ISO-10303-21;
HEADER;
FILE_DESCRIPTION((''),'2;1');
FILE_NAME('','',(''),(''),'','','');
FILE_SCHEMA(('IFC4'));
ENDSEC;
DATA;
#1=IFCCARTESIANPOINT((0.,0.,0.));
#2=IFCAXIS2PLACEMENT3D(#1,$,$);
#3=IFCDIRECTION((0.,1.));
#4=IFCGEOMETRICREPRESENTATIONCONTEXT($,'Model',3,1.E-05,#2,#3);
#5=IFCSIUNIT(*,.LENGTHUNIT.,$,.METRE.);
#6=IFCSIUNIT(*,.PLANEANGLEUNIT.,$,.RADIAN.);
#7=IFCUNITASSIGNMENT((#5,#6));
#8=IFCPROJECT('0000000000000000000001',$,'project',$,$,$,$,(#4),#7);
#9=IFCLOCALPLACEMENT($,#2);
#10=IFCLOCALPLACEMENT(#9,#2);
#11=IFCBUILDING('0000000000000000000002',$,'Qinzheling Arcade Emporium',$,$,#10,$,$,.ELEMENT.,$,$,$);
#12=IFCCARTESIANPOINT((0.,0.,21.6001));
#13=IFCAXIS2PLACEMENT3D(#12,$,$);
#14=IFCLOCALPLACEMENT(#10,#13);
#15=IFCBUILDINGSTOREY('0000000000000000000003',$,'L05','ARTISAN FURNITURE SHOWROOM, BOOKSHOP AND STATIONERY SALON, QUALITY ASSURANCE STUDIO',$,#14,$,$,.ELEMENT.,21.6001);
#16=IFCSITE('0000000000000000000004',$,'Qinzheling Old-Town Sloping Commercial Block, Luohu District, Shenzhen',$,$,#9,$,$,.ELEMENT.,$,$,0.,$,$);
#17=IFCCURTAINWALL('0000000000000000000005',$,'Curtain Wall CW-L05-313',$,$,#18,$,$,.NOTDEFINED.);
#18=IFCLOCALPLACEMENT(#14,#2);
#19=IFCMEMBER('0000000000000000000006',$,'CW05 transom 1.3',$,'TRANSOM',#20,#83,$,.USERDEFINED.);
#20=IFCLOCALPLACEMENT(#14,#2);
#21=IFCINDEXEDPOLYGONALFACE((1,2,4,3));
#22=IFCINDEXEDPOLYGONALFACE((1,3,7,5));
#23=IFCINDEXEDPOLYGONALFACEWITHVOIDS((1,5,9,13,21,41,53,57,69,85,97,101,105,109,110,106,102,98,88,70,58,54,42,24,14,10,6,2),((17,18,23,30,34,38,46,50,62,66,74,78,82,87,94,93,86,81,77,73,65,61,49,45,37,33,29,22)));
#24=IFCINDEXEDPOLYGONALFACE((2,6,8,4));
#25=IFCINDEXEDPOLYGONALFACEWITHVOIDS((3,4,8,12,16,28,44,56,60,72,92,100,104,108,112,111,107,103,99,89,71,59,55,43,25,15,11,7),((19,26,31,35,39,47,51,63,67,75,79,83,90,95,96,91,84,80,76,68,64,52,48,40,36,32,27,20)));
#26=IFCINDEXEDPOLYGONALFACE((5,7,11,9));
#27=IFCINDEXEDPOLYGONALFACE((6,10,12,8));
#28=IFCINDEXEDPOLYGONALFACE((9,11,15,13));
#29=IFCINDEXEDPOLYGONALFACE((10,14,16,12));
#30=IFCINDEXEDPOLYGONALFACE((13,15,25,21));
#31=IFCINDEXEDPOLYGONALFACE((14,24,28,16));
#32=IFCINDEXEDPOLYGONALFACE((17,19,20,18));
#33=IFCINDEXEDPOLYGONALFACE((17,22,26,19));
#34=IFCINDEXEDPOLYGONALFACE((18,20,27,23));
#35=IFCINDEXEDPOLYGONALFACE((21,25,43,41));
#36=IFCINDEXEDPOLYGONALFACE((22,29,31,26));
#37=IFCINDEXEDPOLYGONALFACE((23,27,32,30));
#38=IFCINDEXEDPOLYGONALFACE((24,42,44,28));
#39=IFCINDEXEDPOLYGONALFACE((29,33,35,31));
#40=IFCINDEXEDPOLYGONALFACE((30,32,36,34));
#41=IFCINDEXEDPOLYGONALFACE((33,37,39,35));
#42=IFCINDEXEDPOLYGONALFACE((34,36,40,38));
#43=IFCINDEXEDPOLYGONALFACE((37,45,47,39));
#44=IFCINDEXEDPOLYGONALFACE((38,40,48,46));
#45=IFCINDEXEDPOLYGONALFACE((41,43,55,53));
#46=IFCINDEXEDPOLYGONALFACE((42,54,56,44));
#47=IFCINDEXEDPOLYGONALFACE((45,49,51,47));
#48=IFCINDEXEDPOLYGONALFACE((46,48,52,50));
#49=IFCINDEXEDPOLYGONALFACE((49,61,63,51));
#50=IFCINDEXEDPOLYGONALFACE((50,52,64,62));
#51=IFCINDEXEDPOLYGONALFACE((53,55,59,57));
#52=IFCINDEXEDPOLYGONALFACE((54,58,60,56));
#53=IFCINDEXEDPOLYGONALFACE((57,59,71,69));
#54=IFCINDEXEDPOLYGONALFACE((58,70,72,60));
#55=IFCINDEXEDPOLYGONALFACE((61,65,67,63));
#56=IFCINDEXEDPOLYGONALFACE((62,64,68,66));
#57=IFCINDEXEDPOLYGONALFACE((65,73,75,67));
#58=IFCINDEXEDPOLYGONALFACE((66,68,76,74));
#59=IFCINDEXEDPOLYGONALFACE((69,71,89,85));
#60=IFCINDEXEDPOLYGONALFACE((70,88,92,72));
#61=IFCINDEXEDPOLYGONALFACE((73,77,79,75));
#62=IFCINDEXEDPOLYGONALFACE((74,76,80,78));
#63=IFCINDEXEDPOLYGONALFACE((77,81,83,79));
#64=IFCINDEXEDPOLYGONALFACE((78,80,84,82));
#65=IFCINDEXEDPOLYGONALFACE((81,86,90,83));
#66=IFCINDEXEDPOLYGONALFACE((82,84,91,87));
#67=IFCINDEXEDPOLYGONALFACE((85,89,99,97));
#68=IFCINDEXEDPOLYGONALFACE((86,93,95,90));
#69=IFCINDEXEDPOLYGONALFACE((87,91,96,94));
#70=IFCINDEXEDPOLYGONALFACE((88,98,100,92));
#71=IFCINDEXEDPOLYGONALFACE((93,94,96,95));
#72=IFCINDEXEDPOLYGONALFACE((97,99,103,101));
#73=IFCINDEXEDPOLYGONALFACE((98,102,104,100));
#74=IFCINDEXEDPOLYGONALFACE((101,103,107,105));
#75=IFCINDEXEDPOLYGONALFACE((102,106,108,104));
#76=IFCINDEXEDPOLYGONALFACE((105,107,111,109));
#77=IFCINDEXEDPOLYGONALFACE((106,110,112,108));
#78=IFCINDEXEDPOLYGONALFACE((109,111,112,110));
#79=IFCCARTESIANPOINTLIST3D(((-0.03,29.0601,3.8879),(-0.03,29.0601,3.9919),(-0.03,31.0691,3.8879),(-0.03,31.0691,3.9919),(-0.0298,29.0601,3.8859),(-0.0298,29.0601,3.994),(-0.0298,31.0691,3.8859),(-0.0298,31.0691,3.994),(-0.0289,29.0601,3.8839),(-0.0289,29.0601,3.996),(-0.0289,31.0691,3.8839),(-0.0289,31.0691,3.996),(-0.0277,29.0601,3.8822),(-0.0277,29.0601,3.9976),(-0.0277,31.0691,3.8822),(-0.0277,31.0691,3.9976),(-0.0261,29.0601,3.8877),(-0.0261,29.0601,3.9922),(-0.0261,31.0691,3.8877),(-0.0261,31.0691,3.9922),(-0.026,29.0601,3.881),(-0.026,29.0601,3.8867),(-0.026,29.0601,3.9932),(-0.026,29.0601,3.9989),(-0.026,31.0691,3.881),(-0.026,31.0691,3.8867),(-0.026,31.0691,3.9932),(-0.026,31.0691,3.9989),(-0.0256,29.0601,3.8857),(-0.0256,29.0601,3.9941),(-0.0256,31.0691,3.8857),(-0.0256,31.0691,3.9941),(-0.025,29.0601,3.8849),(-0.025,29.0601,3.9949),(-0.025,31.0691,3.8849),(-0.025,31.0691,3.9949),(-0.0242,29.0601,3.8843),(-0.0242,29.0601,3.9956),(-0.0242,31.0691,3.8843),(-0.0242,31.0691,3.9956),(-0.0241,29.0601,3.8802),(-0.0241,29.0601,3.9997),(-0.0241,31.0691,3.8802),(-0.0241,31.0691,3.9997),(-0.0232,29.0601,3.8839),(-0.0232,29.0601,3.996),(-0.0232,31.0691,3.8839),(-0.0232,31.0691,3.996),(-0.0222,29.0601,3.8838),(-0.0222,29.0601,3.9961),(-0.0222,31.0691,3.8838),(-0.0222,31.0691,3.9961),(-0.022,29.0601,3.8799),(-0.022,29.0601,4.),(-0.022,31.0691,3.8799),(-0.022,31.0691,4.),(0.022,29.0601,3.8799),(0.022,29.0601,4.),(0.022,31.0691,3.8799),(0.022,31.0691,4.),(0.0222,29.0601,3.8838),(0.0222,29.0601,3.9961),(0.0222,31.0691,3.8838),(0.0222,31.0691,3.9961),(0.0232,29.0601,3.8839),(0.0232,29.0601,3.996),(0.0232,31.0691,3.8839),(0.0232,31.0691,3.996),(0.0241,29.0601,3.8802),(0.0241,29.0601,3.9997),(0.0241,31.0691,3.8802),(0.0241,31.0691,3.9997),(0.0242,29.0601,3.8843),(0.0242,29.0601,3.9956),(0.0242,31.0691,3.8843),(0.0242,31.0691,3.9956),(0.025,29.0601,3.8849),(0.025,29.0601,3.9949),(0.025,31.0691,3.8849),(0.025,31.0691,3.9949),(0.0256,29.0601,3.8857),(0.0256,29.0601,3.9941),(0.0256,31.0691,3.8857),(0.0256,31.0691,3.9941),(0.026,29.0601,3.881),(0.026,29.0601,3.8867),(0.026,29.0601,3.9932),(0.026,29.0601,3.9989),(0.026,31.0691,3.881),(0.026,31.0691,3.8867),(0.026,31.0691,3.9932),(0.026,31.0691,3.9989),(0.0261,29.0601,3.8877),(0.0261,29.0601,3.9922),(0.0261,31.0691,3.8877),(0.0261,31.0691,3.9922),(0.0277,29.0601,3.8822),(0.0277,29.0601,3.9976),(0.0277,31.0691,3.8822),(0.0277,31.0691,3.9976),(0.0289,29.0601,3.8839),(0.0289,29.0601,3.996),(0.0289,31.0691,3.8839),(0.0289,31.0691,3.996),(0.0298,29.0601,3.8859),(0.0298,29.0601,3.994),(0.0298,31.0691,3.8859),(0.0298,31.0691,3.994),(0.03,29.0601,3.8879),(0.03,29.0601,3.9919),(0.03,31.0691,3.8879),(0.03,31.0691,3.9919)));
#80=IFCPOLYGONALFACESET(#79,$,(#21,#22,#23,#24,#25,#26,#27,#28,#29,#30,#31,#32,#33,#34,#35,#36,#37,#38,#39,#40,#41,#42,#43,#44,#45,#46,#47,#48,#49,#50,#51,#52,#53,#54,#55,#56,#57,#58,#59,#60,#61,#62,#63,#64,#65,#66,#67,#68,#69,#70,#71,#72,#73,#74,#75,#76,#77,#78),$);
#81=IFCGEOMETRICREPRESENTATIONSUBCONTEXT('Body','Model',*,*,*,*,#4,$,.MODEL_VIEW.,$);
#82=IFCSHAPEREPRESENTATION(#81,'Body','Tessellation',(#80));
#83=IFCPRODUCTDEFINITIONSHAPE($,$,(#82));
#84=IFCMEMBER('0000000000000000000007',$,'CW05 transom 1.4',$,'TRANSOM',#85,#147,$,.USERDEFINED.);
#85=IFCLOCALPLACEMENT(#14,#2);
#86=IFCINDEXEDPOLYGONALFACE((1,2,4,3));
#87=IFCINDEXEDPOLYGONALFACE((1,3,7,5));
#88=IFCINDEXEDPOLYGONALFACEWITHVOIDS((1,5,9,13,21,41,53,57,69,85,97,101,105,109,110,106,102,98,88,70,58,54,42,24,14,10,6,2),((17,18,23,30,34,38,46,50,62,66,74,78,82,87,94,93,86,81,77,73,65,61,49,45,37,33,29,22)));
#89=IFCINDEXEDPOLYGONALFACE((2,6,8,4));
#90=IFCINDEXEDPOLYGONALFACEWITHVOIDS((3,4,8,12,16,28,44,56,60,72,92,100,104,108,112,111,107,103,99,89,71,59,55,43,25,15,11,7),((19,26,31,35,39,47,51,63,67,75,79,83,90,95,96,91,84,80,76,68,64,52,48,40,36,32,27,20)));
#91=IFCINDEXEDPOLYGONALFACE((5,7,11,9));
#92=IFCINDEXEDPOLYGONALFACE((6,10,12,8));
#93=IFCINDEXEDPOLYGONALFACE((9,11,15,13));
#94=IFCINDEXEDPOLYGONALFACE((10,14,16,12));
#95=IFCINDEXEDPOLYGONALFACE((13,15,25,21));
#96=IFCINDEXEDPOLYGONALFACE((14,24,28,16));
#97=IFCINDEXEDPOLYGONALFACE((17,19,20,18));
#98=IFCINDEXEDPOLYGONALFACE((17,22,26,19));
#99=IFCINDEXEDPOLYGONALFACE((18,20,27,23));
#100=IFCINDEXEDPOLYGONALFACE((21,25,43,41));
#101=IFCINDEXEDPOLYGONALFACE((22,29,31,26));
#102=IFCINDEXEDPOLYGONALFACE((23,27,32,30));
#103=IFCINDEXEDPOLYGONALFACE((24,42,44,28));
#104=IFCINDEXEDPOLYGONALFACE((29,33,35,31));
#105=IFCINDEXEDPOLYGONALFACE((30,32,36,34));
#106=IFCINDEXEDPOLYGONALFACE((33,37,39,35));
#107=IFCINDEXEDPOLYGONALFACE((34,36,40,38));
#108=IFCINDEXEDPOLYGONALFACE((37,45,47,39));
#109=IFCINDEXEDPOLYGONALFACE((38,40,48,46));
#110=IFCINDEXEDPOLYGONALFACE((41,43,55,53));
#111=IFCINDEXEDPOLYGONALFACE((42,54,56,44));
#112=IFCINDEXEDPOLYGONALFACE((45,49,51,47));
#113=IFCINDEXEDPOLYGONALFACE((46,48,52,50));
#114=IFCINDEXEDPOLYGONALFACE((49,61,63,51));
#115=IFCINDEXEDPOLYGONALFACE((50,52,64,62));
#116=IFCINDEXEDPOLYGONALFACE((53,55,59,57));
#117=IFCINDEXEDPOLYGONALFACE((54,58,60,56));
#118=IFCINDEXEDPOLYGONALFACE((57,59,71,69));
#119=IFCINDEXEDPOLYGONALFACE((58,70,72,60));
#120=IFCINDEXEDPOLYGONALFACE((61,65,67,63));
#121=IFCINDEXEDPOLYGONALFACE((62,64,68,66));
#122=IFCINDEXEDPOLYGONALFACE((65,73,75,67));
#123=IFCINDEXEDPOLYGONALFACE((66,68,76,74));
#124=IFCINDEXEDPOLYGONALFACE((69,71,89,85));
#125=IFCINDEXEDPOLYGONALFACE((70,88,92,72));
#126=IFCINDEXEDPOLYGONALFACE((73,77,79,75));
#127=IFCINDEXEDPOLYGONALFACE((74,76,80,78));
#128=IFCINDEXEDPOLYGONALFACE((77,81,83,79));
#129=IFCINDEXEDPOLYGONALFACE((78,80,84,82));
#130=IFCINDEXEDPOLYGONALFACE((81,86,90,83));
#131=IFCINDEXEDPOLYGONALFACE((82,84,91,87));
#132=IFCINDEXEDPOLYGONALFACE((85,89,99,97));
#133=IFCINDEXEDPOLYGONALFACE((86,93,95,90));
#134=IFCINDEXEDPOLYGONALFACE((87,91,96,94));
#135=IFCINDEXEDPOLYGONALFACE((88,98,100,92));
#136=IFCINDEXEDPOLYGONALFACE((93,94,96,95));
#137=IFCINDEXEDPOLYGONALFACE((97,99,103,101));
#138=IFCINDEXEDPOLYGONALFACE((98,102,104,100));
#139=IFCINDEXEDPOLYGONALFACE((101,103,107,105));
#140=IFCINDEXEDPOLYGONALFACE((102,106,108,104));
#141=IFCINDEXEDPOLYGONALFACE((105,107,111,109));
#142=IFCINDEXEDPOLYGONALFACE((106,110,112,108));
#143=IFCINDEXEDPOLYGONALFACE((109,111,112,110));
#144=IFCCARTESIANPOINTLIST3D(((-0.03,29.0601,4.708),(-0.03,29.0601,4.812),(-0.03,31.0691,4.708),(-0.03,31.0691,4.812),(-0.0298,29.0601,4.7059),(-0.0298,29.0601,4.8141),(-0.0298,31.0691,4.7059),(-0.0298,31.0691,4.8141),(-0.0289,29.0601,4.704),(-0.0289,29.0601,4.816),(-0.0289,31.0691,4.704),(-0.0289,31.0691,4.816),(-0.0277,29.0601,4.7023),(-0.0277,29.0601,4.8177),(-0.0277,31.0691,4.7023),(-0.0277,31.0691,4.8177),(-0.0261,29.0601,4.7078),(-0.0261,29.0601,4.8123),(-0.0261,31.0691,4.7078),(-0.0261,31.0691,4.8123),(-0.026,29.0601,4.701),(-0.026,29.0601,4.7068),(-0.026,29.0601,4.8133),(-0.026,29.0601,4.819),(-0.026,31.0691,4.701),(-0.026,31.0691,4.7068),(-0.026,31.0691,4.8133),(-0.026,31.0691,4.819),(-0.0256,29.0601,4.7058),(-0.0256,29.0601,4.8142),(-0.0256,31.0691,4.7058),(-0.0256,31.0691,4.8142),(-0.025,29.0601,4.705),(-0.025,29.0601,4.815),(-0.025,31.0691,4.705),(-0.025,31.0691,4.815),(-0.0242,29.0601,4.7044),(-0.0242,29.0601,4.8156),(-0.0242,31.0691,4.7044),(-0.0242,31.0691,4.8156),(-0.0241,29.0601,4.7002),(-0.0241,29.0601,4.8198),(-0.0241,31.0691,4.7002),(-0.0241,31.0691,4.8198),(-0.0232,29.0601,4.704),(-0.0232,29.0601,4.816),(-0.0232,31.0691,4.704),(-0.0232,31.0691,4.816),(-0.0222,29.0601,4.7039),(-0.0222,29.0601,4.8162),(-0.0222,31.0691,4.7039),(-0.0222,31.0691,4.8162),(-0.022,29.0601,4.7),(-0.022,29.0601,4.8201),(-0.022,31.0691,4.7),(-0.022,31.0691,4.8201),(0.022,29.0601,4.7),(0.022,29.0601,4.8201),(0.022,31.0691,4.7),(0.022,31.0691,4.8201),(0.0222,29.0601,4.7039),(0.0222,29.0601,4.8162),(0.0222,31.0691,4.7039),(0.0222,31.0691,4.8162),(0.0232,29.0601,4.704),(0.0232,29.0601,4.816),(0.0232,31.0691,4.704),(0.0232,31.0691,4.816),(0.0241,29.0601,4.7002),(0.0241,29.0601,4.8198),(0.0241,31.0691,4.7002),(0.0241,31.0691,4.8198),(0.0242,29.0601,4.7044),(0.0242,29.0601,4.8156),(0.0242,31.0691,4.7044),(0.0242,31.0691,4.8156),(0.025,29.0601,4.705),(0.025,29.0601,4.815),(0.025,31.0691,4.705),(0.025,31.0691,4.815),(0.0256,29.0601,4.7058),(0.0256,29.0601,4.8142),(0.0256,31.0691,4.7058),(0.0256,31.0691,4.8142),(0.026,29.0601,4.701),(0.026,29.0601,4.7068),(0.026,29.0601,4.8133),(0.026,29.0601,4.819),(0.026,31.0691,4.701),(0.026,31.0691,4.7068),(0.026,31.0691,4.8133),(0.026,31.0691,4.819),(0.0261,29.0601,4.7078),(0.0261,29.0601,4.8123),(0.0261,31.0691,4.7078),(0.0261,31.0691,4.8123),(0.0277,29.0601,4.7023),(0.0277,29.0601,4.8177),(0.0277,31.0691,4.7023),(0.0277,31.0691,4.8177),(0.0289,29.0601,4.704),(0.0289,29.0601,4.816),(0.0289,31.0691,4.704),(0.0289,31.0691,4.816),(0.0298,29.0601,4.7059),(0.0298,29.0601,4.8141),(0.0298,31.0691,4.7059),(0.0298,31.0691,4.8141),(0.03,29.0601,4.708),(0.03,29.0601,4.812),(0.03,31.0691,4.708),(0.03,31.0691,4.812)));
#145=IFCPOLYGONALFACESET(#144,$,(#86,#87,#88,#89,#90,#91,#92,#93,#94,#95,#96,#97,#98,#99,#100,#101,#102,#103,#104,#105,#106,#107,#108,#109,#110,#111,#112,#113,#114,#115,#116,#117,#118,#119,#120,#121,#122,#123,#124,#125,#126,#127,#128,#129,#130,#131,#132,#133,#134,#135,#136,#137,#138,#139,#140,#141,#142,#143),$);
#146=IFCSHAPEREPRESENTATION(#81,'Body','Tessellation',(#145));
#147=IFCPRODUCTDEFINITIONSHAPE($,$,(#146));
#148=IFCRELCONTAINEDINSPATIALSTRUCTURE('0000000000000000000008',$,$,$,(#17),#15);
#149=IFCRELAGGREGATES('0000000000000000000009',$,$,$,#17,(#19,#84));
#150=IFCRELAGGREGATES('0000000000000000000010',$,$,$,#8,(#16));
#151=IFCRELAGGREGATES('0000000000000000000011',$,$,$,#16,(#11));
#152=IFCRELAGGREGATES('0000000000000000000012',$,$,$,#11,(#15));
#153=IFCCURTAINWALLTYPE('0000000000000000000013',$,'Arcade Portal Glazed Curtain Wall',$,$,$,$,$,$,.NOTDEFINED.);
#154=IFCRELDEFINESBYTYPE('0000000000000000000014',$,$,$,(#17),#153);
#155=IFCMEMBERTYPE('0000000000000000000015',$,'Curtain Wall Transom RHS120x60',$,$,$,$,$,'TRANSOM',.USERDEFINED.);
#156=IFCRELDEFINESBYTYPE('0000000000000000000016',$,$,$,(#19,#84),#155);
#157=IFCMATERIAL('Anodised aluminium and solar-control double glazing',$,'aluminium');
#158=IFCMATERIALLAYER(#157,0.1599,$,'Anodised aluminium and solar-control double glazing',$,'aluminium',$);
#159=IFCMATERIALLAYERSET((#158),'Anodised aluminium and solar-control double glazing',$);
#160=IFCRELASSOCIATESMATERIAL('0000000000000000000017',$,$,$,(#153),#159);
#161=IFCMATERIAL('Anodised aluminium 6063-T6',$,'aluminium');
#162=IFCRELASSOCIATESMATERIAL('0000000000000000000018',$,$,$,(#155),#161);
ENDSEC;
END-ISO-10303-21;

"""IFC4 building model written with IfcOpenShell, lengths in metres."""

from ifc_helpers import new_model, si_unit, direction, frame, origin, origin_2d, place, context, subcontext, project, spatial, hollow_rectangle, extrude, material, layer, layer_set, material_profile, profile_set, type_object, element, aggregate, save


model = new_model("IFC4")

# Units and contexts
model_context = context("Model", 3, precision=1e-05, world=origin(), true_north=direction((0.0, 1.0)))
body_context = subcontext(model_context, "Body", "Model", "MODEL_VIEW")
ifc_project = project(units=[si_unit("LENGTHUNIT", "METRE"), si_unit("PLANEANGLEUNIT", "RADIAN")], contexts=[model_context])

# Site, building, storey
site_placement = place(None, origin())
site = spatial("IfcSite", under=ifc_project, at=site_placement, Name="Qinzheling Old-Town Sloping Commercial Block, Luohu District, Shenzhen", CompositionType="ELEMENT", RefElevation=0.0)
building_placement = place(site_placement, origin())
building = spatial("IfcBuilding", under=site, at=building_placement, Name="Qinzheling Arcade Emporium", CompositionType="ELEMENT")
storey_placement = place(building_placement, frame((0.0, 0.0, 21.6001)))
storey = spatial("IfcBuildingStorey", under=building, at=storey_placement, Name="L05", Description="ARTISAN FURNITURE SHOWROOM, BOOKSHOP AND STATIONERY SALON, QUALITY ASSURANCE STUDIO", CompositionType="ELEMENT", Elevation=21.6001)

# Shared definitions
ifc_material_1 = material(Name="Anodised aluminium and solar-control double glazing", Category="aluminium")
ifc_layer_1 = layer(ifc_material_1, 0.1599, Name="Anodised aluminium and solar-control double glazing", Category="aluminium")
ifc_layer_set_1 = layer_set([ifc_layer_1], Name="Anodised aluminium and solar-control double glazing")
curtain_wall_type = type_object("IfcCurtainWallType", Name="Arcade Portal Glazed Curtain Wall", PredefinedType="NOTDEFINED", material=ifc_layer_set_1)
ifc_material_2 = material(Name="Anodised aluminium 6063-T6", Category="aluminium")

# Curtain wall, members
curtain_wall_1_placement = place(storey_placement, origin())
curtain_wall_1 = element("IfcCurtainWall", 1, at=curtain_wall_1_placement, inside=storey, type_object=curtain_wall_type, Name="Curtain Wall CW-L05-313", PredefinedType="NOTDEFINED")
ifc_material_profile_1 = material_profile(ifc_material_2, hollow_rectangle(XDim=0.0601, YDim=0.1201, WallThickness=0.0039, InnerFilletRadius=0.0039, OuterFilletRadius=0.0081, at=origin_2d()), Name="RHS 120x60x4", Category="aluminium")
ifc_profile_set_1 = profile_set([ifc_material_profile_1], Name="Anodised aluminium 6063-T6")
member_type_1 = type_object("IfcMemberType", Name="Curtain Wall Transom RHS120x60", ElementType="TRANSOM", PredefinedType="USERDEFINED", material=ifc_profile_set_1)
member_1_placement = place(storey_placement, frame((0.0, 29.0601, 3.9399), z_axis=(0.0, 1.0, 0.0), x_axis=(-1.0, 0.0, 0.0)))
member_1 = element("IfcMember", 2, at=member_1_placement, type_object=member_type_1, Name="CW05 transom 1.3", ObjectType="TRANSOM", PredefinedType="USERDEFINED", context=body_context, shape_type="SweptSolid", body=[
    extrude(hollow_rectangle(XDim=0.0601, YDim=0.1201, WallThickness=0.0039, InnerFilletRadius=0.0039, OuterFilletRadius=0.0081, at=origin_2d()), origin(), (0.0, 0.0, 1.0), 2.009),
])
member_2_placement = place(storey_placement, frame((0.0, 29.0601, 4.76), z_axis=(0.0, 1.0, 0.0), x_axis=(-1.0, 0.0, 0.0)))
member_2 = element("IfcMember", 3, at=member_2_placement, type_object=member_type_1, Name="CW05 transom 1.4", ObjectType="TRANSOM", PredefinedType="USERDEFINED", context=body_context, shape_type="SweptSolid", body=[
    extrude(hollow_rectangle(XDim=0.0601, YDim=0.1201, WallThickness=0.0039, InnerFilletRadius=0.0039, OuterFilletRadius=0.0081, at=origin_2d()), origin(), (0.0, 0.0, 1.0), 2.009),
])
aggregate(curtain_wall_1, [member_1, member_2])

save(model, "model.ifc")
